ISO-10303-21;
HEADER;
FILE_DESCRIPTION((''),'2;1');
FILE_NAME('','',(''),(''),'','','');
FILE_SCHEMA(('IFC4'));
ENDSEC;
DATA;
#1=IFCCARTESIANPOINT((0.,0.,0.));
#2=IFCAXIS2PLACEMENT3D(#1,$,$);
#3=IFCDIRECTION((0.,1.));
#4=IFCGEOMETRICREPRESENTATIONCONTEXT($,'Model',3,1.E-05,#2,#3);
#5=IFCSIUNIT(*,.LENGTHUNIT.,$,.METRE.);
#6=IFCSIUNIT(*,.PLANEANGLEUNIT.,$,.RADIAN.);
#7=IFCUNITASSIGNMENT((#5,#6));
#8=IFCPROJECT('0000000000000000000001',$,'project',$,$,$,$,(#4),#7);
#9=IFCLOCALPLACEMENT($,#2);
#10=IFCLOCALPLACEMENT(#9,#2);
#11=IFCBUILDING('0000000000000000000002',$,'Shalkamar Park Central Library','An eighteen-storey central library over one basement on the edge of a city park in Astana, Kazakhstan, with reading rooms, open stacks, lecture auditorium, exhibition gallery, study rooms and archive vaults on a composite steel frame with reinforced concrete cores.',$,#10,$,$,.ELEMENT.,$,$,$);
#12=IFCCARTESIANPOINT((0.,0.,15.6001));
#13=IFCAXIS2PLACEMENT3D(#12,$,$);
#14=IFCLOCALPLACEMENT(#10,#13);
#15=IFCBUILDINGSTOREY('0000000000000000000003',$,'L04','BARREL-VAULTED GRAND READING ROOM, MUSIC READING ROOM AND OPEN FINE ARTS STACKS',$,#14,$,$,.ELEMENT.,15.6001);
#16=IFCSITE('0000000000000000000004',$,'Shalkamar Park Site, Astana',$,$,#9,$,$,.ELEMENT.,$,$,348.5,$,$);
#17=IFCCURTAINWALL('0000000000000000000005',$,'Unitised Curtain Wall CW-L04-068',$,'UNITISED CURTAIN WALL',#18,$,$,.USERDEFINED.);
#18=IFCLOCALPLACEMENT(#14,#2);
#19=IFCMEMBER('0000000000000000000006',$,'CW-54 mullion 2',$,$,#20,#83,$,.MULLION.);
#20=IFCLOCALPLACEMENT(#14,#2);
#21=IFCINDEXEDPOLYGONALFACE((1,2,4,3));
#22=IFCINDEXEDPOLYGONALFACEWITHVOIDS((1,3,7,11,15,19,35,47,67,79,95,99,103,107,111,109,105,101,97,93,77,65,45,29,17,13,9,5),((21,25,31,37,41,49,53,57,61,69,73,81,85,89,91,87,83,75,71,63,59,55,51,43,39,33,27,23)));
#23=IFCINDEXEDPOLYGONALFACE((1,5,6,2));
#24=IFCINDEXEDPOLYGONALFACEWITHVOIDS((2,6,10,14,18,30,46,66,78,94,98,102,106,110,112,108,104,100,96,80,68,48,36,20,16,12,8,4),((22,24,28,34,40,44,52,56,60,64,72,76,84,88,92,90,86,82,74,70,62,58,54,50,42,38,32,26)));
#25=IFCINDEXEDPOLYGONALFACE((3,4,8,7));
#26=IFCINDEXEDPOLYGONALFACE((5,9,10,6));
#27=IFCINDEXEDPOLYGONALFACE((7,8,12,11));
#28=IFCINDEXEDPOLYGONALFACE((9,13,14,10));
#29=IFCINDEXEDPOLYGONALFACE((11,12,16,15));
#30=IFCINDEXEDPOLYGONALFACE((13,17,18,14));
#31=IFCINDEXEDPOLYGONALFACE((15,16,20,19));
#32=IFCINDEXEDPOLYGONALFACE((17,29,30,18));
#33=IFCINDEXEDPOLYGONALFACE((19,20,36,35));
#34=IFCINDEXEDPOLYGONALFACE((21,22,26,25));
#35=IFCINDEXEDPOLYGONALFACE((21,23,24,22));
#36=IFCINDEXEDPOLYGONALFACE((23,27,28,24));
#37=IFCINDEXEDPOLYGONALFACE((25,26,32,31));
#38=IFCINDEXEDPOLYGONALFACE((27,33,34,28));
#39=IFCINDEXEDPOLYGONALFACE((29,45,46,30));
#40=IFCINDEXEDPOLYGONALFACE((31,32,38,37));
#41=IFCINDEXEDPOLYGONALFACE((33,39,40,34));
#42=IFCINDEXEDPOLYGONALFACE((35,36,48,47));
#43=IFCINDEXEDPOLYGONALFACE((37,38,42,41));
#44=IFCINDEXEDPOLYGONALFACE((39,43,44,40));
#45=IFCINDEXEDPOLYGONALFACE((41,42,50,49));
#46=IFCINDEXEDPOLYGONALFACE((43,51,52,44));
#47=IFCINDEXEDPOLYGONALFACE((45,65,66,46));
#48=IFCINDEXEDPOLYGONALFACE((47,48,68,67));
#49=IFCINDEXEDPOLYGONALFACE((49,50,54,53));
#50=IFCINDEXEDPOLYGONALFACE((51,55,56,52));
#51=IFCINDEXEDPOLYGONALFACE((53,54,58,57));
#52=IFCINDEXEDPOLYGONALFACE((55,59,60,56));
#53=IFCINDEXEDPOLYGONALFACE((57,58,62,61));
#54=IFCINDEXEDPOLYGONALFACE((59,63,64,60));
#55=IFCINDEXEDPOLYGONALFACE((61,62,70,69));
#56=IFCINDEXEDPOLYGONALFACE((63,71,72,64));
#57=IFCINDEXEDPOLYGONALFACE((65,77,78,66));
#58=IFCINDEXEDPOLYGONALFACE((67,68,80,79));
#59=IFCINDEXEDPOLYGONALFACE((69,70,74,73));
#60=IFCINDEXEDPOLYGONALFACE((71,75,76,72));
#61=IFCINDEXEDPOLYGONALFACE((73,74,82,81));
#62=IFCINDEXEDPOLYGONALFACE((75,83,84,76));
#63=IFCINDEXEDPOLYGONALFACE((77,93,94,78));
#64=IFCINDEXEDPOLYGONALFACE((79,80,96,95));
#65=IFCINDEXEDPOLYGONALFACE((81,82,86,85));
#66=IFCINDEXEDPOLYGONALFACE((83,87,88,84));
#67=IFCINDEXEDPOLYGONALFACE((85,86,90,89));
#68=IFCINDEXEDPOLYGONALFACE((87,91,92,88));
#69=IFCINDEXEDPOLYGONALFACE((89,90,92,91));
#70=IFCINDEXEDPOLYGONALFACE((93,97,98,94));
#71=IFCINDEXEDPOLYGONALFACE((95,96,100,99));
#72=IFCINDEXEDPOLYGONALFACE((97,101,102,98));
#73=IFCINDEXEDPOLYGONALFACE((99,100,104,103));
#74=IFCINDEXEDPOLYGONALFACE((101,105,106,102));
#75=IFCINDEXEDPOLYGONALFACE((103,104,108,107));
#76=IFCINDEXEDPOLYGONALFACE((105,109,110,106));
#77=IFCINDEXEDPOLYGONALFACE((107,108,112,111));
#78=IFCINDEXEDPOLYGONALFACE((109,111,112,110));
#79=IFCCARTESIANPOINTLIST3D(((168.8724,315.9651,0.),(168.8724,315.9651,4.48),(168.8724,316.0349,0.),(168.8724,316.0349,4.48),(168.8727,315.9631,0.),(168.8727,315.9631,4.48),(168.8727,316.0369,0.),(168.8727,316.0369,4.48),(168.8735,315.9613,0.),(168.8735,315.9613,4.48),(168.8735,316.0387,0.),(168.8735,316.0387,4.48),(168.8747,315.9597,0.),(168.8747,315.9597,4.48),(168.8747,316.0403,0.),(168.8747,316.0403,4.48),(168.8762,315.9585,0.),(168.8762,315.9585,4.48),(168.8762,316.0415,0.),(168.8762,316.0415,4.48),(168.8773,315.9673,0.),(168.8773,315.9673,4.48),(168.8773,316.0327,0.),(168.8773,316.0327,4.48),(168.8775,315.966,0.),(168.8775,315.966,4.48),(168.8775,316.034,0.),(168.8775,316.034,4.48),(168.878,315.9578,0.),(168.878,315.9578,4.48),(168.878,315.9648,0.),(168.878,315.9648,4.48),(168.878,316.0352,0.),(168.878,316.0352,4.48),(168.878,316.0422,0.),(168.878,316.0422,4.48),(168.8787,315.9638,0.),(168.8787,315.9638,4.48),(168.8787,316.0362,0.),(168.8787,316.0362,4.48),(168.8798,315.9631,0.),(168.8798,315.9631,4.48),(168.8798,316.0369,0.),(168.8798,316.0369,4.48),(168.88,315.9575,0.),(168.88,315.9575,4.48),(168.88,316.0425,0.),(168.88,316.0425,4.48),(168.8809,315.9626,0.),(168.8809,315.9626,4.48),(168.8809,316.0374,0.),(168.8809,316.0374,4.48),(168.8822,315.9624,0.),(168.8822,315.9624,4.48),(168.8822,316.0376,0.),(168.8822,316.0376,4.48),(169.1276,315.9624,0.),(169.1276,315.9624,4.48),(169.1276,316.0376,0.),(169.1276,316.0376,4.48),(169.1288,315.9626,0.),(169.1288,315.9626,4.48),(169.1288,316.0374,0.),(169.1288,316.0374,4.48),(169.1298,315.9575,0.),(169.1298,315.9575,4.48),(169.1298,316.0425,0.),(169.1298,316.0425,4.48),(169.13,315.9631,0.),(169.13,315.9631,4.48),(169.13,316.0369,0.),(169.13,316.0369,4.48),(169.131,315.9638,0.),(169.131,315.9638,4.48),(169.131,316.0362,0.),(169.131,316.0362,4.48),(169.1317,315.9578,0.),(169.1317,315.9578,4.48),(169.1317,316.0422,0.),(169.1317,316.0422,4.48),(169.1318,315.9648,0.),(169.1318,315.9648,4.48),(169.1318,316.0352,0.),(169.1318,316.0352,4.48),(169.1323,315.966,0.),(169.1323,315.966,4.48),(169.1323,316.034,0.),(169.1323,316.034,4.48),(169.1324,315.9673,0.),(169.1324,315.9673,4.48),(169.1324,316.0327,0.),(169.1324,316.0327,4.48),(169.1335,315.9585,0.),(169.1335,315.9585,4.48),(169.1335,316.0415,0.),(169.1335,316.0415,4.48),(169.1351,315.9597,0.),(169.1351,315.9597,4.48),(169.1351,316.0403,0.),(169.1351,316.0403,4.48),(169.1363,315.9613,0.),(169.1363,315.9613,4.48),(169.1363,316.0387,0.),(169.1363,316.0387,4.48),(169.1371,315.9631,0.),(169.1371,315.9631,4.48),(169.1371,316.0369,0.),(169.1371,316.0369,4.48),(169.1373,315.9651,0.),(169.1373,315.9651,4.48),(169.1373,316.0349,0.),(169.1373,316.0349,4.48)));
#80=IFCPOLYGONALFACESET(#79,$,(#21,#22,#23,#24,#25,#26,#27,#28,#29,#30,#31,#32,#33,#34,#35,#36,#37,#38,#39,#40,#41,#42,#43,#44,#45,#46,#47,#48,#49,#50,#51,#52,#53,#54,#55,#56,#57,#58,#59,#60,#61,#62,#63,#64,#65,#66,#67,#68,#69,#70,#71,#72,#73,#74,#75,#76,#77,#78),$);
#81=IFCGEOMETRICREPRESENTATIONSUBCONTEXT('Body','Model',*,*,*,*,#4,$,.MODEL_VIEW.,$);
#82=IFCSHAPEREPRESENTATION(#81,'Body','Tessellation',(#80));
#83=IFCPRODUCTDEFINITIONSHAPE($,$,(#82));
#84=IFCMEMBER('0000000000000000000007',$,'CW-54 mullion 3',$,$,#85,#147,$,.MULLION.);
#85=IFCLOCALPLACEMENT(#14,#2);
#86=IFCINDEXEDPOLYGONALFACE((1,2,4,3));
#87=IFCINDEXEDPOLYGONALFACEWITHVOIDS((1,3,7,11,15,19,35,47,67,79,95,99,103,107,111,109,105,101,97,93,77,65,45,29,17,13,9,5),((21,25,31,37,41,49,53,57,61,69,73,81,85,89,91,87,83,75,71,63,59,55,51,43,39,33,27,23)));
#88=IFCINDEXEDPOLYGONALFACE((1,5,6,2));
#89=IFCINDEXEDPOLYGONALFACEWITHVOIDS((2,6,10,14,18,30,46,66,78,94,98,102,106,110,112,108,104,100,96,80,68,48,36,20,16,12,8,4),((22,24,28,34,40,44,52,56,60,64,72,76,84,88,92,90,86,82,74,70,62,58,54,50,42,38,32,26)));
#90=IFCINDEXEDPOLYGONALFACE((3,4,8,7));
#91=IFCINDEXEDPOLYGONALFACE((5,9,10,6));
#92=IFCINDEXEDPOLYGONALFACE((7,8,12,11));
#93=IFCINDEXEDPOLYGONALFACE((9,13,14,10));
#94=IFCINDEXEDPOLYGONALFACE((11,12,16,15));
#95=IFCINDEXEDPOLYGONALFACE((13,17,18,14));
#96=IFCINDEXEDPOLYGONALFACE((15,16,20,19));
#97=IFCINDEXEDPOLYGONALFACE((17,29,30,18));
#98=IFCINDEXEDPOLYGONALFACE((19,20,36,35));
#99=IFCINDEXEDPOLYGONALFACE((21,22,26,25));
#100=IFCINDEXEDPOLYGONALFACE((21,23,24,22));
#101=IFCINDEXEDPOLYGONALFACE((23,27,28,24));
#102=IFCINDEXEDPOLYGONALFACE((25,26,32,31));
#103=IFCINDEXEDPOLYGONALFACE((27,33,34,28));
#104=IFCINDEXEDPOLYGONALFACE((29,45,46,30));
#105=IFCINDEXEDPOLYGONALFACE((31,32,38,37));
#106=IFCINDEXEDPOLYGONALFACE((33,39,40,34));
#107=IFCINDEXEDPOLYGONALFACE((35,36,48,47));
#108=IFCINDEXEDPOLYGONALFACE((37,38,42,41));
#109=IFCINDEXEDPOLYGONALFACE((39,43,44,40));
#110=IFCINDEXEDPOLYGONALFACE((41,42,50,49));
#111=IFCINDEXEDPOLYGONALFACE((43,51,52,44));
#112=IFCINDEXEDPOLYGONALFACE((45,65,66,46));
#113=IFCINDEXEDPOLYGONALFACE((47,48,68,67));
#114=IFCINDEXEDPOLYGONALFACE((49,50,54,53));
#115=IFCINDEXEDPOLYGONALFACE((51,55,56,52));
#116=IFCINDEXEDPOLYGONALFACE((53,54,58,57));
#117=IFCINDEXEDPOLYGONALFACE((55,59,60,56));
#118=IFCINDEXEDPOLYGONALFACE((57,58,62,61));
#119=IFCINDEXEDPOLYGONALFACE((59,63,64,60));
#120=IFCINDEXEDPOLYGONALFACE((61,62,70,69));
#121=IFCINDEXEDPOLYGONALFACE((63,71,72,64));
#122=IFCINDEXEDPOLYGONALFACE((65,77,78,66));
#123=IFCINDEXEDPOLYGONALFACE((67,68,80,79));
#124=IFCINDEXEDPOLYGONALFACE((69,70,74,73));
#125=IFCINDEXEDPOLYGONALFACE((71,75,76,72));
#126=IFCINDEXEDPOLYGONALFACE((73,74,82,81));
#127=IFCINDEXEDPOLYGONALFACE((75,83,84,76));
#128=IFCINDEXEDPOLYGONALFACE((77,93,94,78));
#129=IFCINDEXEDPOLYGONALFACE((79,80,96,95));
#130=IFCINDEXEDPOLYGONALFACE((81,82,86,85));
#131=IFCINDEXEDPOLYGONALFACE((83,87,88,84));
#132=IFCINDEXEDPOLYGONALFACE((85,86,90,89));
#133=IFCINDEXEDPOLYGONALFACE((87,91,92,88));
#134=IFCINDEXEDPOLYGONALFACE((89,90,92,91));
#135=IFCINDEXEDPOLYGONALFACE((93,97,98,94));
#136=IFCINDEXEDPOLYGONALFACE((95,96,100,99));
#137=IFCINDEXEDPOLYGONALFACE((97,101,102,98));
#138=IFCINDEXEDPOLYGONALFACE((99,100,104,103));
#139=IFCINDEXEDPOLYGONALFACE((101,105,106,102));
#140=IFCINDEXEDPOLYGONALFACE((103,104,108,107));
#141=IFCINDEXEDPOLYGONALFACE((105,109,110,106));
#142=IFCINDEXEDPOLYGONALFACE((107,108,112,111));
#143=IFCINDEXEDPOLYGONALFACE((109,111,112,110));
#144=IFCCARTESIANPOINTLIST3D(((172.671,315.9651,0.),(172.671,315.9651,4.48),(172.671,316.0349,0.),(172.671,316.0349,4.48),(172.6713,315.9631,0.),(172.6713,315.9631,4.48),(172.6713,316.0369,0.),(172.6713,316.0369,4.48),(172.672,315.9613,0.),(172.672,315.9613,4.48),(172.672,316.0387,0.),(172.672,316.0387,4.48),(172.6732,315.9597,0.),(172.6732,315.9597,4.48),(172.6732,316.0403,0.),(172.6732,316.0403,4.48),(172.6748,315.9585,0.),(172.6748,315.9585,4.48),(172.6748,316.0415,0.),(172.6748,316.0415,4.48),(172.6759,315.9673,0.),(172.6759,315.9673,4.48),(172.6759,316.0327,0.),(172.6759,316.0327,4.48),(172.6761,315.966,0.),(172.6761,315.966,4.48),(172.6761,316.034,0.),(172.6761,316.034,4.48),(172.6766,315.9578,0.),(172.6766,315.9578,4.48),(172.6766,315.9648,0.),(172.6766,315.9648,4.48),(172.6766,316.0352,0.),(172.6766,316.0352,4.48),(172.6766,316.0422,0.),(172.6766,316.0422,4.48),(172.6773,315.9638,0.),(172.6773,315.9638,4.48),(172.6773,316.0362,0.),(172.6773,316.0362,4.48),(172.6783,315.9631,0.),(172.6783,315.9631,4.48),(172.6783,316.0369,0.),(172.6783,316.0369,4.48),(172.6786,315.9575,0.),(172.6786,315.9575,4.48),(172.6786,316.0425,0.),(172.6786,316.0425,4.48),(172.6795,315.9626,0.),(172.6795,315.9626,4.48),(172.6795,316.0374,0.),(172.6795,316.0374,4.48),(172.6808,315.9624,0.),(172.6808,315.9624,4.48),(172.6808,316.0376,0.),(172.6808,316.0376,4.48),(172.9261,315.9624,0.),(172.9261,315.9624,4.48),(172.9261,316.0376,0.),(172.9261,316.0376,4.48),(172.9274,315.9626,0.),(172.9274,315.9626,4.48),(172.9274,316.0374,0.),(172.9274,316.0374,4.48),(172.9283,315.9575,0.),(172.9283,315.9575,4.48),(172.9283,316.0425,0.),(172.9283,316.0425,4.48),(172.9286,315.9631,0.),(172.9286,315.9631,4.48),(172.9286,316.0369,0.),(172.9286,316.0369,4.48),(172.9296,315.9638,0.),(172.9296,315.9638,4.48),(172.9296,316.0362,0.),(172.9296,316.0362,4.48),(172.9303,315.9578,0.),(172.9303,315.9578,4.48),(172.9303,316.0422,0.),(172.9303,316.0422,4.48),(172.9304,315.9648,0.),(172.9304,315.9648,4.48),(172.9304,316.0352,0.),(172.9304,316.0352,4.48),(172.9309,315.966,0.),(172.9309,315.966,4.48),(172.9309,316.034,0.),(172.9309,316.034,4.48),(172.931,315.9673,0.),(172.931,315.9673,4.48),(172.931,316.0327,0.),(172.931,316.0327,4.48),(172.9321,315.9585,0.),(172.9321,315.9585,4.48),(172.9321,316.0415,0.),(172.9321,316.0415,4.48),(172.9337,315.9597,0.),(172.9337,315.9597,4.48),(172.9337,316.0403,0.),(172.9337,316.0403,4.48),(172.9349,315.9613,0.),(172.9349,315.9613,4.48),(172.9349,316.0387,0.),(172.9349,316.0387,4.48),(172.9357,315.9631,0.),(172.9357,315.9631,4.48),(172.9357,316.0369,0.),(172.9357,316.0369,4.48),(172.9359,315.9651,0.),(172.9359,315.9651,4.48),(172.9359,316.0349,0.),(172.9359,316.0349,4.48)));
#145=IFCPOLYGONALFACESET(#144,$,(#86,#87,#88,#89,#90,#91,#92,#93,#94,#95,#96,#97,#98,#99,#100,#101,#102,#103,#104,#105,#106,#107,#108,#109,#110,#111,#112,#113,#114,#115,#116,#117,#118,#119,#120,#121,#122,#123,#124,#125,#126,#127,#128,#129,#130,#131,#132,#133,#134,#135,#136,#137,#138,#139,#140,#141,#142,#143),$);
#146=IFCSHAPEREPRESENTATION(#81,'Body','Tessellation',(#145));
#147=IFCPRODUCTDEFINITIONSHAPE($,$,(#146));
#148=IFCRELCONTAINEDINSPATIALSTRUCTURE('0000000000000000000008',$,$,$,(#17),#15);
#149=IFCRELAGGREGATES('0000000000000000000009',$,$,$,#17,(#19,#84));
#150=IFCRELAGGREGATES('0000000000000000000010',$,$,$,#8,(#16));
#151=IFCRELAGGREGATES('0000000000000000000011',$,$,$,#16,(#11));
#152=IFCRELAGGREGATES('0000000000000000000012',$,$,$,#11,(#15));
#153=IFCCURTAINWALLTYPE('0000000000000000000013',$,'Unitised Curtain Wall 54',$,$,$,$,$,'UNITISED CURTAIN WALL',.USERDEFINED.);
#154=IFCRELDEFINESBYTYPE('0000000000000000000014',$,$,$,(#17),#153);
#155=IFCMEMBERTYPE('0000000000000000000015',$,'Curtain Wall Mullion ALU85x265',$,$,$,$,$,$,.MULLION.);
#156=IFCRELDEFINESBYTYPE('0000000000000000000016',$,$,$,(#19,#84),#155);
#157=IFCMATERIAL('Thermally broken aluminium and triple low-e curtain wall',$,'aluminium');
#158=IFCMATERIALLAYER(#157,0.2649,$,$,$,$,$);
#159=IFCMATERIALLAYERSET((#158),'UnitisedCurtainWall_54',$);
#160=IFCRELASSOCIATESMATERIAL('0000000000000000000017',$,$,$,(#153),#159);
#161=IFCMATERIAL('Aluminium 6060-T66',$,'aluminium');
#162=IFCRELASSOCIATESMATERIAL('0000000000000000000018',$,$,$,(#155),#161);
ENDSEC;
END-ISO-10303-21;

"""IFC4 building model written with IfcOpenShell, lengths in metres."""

from ifc_helpers import new_model, si_unit, direction, frame, origin, origin_2d, place, context, subcontext, project, spatial, hollow_rectangle, extrude, material, layer, layer_set, material_profile, profile_set, type_object, element, aggregate, save


model = new_model("IFC4")

# Units and contexts
model_context = context("Model", 3, precision=1e-05, world=origin(), true_north=direction((0.0, 1.0)))
body_context = subcontext(model_context, "Body", "Model", "MODEL_VIEW")
ifc_project = project(units=[si_unit("LENGTHUNIT", "METRE"), si_unit("PLANEANGLEUNIT", "RADIAN")], contexts=[model_context])

# Site, building, storey
site_placement = place(None, origin())
site = spatial("IfcSite", under=ifc_project, at=site_placement, Name="Shalkamar Park Site, Astana", CompositionType="ELEMENT", RefElevation=348.5)
building_placement = place(site_placement, origin())
building = spatial("IfcBuilding", under=site, at=building_placement, Name="Shalkamar Park Central Library", Description="An eighteen-storey central library over one basement on the edge of a city park in Astana, Kazakhstan, with reading rooms, open stacks, lecture auditorium, exhibition gallery, study rooms and archive vaults on a composite steel frame with reinforced concrete cores.", CompositionType="ELEMENT")
storey_placement = place(building_placement, frame((0.0, 0.0, 15.6001)))
storey = spatial("IfcBuildingStorey", under=building, at=storey_placement, Name="L04", Description="BARREL-VAULTED GRAND READING ROOM, MUSIC READING ROOM AND OPEN FINE ARTS STACKS", CompositionType="ELEMENT", Elevation=15.6001)

# Curtain wall, members
ifc_material_1 = material(Name="Thermally broken aluminium and triple low-e curtain wall", Category="aluminium")
ifc_layer_1 = layer(ifc_material_1, 0.2649)
ifc_layer_set_1 = layer_set([ifc_layer_1], Name="UnitisedCurtainWall_54")
curtain_wall_type_1 = type_object("IfcCurtainWallType", Name="Unitised Curtain Wall 54", ElementType="UNITISED CURTAIN WALL", PredefinedType="USERDEFINED", material=ifc_layer_set_1)
curtain_wall_1_placement = place(storey_placement, origin())
curtain_wall_1 = element("IfcCurtainWall", 1, at=curtain_wall_1_placement, inside=storey, type_object=curtain_wall_type_1, Name="Unitised Curtain Wall CW-L04-068", ObjectType="UNITISED CURTAIN WALL", PredefinedType="USERDEFINED")
ifc_material_2 = material(Name="Aluminium 6060-T66", Category="aluminium")
ifc_material_profile_1 = material_profile(ifc_material_2, hollow_rectangle(XDim=0.085, YDim=0.2649, WallThickness=0.0049, InnerFilletRadius=0.0049, OuterFilletRadius=0.0076, at=origin_2d()), Name="ALU 85x265x5")
ifc_profile_set_1 = profile_set([ifc_material_profile_1], Name="Aluminium 6060-T66")
member_type_1 = type_object("IfcMemberType", Name="Curtain Wall Mullion ALU85x265", PredefinedType="MULLION", material=ifc_profile_set_1)
member_1_placement = place(storey_placement, frame((169.0049, 316.0, 0.0), z_axis=(0.0, 0.0, 1.0), x_axis=(0.0, 1.0, 0.0)))
member_1 = element("IfcMember", 2, at=member_1_placement, type_object=member_type_1, Name="CW-54 mullion 2", PredefinedType="MULLION", context=body_context, shape_type="SweptSolid", body=[
    extrude(hollow_rectangle(XDim=0.085, YDim=0.2649, WallThickness=0.0049, InnerFilletRadius=0.0049, OuterFilletRadius=0.0076, at=origin_2d()), origin(), (0.0, 0.0, 1.0), 4.48),
])
member_2_placement = place(storey_placement, frame((172.8035, 316.0, 0.0), z_axis=(0.0, 0.0, 1.0), x_axis=(0.0, 1.0, 0.0)))
member_2 = element("IfcMember", 3, at=member_2_placement, type_object=member_type_1, Name="CW-54 mullion 3", PredefinedType="MULLION", context=body_context, shape_type="SweptSolid", body=[
    extrude(hollow_rectangle(XDim=0.085, YDim=0.2649, WallThickness=0.0049, InnerFilletRadius=0.0049, OuterFilletRadius=0.0076, at=origin_2d()), origin(), (0.0, 0.0, 1.0), 4.48),
])

aggregate(curtain_wall_1, [member_1, member_2])

save(model, "model.ifc")
